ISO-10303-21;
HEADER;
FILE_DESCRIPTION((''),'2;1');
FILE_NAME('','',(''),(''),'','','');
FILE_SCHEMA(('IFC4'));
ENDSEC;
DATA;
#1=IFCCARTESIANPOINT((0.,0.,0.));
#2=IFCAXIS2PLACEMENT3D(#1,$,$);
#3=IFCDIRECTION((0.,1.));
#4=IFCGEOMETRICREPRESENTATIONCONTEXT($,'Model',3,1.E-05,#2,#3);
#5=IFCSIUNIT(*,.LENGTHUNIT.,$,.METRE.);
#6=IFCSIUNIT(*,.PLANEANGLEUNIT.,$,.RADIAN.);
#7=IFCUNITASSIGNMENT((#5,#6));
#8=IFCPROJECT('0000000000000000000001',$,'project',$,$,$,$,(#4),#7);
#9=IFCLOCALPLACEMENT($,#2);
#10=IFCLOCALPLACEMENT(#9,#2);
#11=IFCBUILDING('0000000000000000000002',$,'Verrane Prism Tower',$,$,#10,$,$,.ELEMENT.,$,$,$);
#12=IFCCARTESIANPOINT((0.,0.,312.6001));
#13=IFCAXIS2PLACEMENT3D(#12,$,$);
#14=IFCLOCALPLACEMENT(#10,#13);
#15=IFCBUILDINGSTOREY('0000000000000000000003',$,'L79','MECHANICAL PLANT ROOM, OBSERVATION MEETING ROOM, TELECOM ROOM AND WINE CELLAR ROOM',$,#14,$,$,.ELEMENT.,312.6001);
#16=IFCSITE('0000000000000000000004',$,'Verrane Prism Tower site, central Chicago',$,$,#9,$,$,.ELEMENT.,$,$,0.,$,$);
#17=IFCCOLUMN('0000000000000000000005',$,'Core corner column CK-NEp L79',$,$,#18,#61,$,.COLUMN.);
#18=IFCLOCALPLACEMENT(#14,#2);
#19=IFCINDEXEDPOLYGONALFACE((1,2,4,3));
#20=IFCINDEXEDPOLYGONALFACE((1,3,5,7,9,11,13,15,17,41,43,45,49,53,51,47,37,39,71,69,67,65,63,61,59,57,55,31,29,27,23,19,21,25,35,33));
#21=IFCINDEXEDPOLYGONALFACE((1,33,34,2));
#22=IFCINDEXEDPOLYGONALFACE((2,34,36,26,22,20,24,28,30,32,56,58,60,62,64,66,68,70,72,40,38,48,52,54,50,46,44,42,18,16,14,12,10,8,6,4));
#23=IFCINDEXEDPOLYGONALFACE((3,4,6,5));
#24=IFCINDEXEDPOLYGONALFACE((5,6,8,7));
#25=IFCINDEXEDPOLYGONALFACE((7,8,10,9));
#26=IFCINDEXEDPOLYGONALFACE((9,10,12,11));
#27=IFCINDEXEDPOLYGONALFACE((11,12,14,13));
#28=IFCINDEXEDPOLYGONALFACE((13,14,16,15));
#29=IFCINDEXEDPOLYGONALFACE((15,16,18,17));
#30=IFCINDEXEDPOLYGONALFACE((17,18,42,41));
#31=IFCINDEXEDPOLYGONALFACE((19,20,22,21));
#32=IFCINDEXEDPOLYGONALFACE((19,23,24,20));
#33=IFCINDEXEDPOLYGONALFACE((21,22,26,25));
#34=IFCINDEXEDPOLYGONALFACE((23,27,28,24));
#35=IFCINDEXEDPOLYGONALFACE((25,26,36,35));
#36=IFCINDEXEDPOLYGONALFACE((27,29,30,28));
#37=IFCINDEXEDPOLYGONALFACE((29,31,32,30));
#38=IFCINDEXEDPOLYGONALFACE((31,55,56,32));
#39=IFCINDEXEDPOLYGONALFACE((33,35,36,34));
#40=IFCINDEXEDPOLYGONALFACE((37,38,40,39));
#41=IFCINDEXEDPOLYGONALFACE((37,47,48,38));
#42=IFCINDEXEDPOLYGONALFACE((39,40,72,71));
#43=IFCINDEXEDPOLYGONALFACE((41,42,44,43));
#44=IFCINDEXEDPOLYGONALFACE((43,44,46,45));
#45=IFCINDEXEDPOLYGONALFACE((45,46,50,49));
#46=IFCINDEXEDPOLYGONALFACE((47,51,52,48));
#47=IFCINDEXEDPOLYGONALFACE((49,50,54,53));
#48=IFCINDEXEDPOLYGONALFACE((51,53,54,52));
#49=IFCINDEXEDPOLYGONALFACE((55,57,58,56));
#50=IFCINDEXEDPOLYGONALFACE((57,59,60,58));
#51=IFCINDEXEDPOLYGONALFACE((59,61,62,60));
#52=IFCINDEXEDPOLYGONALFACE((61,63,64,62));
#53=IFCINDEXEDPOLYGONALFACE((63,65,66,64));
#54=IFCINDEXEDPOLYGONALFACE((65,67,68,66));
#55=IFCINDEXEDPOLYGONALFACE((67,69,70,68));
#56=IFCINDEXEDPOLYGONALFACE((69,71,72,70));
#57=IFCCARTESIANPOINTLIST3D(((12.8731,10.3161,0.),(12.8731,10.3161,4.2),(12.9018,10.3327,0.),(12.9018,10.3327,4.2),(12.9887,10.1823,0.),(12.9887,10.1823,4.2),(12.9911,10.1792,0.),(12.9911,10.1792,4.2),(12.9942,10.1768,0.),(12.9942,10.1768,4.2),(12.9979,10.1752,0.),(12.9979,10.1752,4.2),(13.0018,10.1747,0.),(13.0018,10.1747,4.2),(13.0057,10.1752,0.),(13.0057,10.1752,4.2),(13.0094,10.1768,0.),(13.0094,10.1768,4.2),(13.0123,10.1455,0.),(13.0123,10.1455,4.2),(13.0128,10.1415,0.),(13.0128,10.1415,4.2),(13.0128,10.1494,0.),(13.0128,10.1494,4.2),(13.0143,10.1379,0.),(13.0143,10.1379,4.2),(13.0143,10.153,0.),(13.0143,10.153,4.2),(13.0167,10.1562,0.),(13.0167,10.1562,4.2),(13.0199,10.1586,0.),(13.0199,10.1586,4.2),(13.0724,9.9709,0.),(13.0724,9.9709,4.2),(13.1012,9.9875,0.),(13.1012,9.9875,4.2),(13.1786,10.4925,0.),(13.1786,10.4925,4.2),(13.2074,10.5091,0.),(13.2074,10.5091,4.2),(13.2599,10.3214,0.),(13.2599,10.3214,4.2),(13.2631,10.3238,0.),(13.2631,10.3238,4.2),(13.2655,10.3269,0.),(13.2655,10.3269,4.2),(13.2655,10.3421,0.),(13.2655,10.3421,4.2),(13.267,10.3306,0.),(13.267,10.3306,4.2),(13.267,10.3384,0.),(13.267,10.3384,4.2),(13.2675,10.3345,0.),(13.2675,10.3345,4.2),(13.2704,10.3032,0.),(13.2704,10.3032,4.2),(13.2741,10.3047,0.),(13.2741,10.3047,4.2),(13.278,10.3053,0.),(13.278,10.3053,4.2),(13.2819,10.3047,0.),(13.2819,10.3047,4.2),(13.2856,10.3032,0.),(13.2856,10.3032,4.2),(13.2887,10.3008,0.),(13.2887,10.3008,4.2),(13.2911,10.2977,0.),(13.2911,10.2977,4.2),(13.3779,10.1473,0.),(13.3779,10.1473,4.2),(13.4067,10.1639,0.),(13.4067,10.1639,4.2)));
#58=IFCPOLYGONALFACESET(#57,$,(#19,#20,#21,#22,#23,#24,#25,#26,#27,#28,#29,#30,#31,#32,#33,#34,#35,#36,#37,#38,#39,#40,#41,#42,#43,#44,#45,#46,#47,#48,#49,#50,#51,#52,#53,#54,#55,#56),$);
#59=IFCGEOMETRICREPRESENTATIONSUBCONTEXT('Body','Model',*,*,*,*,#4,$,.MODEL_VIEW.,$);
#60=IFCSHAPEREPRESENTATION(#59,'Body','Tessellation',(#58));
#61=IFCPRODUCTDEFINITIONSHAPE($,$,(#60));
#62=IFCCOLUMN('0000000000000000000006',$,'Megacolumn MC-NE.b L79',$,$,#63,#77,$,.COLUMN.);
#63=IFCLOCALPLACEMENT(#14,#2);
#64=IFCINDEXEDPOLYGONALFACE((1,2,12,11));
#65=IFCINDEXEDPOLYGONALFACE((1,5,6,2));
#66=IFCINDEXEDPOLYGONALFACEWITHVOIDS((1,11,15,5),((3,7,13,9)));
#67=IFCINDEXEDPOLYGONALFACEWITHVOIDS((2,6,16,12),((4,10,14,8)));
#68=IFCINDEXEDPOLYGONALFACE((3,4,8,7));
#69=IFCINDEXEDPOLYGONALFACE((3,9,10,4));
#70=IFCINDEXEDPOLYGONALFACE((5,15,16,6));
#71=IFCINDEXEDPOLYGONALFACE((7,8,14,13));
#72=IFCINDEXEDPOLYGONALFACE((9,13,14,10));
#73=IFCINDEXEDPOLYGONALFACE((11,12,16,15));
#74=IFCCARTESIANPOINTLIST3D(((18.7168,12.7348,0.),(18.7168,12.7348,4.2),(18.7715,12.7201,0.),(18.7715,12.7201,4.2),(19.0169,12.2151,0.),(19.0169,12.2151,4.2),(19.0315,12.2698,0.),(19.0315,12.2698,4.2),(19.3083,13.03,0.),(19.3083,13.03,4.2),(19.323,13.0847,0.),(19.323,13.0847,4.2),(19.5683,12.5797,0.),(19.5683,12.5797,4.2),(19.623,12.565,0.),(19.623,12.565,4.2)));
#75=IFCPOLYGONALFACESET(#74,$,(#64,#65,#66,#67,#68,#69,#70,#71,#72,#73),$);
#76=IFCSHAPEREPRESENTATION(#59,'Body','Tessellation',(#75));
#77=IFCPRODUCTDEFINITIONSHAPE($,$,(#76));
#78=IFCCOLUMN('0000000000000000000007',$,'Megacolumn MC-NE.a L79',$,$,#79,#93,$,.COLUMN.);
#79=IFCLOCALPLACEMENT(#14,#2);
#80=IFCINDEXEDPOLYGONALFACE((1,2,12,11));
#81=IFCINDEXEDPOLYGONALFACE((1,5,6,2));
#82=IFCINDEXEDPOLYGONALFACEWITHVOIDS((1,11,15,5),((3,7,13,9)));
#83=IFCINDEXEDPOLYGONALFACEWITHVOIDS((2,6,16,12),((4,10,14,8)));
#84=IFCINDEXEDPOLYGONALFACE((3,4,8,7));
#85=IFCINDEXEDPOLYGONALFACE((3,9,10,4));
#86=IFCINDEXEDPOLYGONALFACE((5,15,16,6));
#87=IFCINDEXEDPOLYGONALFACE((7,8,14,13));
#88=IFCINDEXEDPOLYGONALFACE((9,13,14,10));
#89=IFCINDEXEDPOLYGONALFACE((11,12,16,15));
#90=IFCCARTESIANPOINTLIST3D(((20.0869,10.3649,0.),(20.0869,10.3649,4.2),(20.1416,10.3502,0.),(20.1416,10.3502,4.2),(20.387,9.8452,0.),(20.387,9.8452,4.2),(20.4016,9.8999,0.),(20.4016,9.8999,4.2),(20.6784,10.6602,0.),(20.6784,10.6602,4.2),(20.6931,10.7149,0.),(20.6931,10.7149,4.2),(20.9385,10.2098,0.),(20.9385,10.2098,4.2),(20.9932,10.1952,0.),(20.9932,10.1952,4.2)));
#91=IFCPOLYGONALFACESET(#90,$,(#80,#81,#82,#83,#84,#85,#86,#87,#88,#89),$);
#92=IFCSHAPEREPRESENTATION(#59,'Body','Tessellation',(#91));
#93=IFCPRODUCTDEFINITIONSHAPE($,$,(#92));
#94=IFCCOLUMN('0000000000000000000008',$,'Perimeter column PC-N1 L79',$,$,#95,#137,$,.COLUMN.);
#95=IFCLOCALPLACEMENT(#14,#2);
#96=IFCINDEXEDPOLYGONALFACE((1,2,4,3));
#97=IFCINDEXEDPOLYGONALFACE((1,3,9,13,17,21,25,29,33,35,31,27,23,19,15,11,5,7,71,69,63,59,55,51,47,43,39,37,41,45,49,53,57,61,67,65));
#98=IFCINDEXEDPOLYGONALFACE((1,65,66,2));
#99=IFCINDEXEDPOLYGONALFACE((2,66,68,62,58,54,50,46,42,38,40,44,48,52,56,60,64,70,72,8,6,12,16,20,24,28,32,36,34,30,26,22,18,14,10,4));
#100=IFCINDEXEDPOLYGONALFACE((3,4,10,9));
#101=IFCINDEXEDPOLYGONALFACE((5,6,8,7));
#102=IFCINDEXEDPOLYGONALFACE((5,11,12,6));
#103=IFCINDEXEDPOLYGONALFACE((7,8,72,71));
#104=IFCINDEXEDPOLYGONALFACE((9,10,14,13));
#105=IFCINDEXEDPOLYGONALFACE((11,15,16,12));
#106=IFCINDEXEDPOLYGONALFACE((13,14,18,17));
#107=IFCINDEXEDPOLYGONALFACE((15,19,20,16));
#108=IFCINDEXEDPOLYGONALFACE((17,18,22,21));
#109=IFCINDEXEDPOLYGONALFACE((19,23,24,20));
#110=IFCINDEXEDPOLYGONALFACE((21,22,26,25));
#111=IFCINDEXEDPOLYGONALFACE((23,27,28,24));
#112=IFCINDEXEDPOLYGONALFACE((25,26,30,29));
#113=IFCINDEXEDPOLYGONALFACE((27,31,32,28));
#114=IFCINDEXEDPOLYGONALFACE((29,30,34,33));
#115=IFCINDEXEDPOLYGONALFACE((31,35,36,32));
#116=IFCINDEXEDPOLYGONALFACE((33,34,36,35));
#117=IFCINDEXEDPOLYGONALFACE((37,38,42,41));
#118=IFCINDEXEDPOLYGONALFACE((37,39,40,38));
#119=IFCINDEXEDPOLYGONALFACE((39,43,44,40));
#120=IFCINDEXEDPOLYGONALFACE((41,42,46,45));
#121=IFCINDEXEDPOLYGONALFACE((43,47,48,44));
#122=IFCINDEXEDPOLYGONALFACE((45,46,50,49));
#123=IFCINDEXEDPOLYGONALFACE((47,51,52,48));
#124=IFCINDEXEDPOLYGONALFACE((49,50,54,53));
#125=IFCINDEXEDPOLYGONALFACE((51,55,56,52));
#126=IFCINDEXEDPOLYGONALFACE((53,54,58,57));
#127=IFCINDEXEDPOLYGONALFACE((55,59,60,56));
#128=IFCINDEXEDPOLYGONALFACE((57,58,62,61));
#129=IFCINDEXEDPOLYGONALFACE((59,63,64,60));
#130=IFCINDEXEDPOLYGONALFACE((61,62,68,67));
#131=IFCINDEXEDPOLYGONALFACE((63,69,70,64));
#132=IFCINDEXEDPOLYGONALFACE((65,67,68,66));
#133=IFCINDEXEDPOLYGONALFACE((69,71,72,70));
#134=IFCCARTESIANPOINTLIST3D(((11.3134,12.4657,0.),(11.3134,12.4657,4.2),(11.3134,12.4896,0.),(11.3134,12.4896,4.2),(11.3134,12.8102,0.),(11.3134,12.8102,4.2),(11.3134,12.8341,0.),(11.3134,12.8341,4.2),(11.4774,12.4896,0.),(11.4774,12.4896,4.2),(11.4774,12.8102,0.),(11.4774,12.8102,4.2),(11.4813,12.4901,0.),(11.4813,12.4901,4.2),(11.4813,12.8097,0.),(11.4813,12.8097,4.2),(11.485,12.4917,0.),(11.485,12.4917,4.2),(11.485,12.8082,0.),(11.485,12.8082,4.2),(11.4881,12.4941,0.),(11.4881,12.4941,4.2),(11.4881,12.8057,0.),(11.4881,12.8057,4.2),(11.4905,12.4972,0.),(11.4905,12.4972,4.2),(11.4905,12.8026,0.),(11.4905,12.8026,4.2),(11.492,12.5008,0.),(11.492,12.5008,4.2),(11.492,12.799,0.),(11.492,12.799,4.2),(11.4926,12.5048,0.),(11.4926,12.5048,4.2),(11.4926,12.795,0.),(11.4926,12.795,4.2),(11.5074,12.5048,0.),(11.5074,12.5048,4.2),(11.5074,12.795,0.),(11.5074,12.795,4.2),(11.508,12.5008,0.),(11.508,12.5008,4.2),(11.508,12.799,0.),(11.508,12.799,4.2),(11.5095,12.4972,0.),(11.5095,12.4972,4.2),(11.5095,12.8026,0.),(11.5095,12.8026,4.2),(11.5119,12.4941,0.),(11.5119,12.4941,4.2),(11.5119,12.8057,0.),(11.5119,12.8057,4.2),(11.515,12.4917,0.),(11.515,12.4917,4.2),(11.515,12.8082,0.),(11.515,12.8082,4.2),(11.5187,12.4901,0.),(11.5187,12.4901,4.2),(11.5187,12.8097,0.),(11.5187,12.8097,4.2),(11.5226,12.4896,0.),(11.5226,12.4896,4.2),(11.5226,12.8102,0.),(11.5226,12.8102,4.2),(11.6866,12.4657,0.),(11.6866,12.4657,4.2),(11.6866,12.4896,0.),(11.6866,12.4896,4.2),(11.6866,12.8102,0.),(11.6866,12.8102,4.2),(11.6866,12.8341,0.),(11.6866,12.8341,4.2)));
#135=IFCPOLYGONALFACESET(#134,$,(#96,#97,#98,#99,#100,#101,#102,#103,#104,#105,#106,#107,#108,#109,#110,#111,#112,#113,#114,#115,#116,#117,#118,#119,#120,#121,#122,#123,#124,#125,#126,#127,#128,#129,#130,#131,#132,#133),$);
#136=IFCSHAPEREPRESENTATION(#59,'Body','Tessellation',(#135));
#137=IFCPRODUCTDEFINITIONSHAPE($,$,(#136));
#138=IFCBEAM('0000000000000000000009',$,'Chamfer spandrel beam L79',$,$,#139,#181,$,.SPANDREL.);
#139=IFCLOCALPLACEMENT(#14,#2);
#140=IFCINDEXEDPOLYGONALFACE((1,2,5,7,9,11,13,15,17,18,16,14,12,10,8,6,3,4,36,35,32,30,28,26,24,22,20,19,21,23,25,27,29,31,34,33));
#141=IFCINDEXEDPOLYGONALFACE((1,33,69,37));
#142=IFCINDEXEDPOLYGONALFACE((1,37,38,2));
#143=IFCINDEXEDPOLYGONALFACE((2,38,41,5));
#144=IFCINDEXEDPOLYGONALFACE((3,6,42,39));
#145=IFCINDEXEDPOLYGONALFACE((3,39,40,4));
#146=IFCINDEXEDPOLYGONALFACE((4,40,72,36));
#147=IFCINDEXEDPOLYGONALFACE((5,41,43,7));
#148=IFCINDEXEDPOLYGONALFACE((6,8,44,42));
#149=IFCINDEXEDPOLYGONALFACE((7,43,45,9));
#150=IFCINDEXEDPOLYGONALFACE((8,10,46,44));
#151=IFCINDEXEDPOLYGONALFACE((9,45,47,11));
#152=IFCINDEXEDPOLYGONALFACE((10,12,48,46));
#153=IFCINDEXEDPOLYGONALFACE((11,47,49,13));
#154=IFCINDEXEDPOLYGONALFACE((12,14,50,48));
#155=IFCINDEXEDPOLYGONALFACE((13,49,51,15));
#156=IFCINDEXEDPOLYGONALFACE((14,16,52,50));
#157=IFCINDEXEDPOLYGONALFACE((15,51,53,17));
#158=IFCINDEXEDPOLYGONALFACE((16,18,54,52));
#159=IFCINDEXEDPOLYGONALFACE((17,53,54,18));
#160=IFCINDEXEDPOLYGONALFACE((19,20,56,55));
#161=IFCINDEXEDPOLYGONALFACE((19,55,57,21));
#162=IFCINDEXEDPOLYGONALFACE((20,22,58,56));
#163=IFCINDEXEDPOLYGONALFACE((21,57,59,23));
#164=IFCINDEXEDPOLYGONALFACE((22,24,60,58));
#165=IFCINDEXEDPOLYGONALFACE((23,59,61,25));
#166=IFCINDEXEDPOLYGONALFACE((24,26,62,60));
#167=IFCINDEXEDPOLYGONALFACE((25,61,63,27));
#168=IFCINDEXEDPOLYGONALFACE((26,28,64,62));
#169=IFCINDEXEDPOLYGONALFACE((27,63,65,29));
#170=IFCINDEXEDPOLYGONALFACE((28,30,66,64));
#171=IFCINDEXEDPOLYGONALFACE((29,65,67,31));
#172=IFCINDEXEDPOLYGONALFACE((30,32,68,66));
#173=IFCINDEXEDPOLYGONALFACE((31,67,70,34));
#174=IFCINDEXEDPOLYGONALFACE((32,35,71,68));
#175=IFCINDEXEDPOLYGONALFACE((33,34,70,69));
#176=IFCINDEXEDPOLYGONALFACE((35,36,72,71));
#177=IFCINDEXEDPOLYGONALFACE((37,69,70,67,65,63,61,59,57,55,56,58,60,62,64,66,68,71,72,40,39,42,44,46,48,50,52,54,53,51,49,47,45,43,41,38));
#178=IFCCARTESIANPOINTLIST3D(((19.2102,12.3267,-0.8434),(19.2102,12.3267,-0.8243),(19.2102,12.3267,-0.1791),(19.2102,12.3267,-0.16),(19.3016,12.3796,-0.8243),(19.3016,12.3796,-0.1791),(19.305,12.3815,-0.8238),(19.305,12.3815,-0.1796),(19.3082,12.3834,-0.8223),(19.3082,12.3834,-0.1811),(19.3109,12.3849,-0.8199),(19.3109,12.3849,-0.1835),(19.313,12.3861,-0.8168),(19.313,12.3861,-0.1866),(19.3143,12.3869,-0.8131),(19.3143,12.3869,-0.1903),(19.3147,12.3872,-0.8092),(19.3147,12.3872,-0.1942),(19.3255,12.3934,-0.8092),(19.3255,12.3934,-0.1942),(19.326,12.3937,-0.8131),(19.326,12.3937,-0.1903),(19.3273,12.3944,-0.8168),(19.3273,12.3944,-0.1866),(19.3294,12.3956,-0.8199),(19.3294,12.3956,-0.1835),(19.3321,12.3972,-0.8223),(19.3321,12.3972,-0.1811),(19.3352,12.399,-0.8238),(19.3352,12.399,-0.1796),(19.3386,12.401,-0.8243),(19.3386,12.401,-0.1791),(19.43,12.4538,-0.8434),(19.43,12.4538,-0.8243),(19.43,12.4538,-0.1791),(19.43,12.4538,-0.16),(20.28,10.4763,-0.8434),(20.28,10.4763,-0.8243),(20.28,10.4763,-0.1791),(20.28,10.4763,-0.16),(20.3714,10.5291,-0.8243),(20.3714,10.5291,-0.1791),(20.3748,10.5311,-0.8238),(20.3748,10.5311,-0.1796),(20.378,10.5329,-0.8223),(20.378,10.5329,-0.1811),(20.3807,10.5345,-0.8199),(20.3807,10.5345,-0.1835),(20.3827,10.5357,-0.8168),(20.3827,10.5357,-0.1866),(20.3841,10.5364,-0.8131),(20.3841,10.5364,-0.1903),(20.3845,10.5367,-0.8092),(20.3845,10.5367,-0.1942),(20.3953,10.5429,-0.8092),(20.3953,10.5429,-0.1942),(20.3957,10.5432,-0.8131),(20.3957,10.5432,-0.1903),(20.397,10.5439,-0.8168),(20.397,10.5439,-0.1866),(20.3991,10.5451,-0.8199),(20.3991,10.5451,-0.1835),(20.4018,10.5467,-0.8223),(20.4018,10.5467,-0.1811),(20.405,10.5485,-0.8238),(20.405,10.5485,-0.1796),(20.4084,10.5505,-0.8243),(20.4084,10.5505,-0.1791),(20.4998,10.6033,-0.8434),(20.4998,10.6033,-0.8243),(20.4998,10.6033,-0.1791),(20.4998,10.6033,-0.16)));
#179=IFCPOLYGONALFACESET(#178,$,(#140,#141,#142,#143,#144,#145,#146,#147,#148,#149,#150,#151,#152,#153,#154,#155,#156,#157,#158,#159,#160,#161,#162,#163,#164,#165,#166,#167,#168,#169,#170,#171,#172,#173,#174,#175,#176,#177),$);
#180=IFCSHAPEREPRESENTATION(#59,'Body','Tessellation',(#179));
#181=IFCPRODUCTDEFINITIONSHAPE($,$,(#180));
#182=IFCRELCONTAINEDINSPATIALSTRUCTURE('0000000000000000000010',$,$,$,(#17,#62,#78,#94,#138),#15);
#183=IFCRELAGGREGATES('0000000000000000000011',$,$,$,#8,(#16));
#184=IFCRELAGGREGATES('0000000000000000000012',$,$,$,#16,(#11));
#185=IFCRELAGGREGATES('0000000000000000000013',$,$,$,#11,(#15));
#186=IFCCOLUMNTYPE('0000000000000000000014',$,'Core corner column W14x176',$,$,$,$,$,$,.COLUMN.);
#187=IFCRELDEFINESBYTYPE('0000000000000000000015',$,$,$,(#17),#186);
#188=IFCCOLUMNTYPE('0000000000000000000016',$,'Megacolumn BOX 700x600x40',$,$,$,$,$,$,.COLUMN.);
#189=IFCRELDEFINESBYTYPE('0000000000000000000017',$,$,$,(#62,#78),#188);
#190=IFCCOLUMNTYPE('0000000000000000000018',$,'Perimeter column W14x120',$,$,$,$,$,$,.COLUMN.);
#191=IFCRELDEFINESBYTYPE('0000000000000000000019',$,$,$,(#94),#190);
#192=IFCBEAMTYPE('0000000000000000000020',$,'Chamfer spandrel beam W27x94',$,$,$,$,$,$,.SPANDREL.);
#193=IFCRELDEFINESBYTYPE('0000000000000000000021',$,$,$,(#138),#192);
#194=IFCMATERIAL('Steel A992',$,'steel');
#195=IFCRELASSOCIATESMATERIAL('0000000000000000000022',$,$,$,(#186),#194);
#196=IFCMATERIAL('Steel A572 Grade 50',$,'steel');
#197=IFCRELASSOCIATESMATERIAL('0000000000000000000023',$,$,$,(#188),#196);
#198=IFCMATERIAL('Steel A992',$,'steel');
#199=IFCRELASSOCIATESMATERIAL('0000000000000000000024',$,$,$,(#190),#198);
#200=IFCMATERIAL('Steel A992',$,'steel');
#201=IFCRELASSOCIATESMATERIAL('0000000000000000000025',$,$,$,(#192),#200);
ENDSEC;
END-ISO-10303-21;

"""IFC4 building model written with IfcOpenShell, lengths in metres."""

from ifc_helpers import new_model, si_unit, direction, frame, origin, origin_2d, place, context, subcontext, project, spatial, hollow_rectangle, i_section, extrude, material, material_profile, profile_set, type_object, element, save


model = new_model("IFC4")

# Units and contexts
model_context = context("Model", 3, precision=1e-05, world=origin(), true_north=direction((0.0, 1.0)))
body_context = subcontext(model_context, "Body", "Model", "MODEL_VIEW")
ifc_project = project(units=[si_unit("LENGTHUNIT", "METRE"), si_unit("PLANEANGLEUNIT", "RADIAN")], contexts=[model_context])

# Site, building, storey
site_placement = place(None, origin())
site = spatial("IfcSite", under=ifc_project, at=site_placement, Name="Verrane Prism Tower site, central Chicago", CompositionType="ELEMENT", RefElevation=0.0)
building_placement = place(site_placement, origin())
building = spatial("IfcBuilding", under=site, at=building_placement, Name="Verrane Prism Tower", CompositionType="ELEMENT")
storey_placement = place(building_placement, frame((0.0, 0.0, 312.6001)))
storey = spatial("IfcBuildingStorey", under=building, at=storey_placement, Name="L79", Description="MECHANICAL PLANT ROOM, OBSERVATION MEETING ROOM, TELECOM ROOM AND WINE CELLAR ROOM", CompositionType="ELEMENT", Elevation=312.6001)

# Columns
ifc_material_1 = material(Name="Steel A992", Category="steel")
ifc_material_profile_1 = material_profile(ifc_material_1, i_section(OverallWidth=0.3987, OverallDepth=0.386, WebThickness=0.021, FlangeThickness=0.0332, FilletRadius=0.0151, at=origin_2d()), Name="W14x176")
ifc_profile_set_1 = profile_set([ifc_material_profile_1], Name="Steel A992")
column_type_1 = type_object("IfcColumnType", Name="Core corner column W14x176", PredefinedType="COLUMN", material=ifc_profile_set_1)
column_1_placement = place(storey_placement, frame((13.1399, 10.24, 0.0), z_axis=(0.0, 0.0, 1.0), x_axis=(0.5, -0.866025, 0.0)))
element("IfcColumn", 1, at=column_1_placement, inside=storey, type_object=column_type_1, Name="Core corner column CK-NEp L79", PredefinedType="COLUMN", context=body_context, shape_type="SweptSolid", body=[
    extrude(i_section(OverallWidth=0.3987, OverallDepth=0.386, WebThickness=0.021, FlangeThickness=0.0332, FilletRadius=0.0151, at=origin_2d()), origin(), (0.0, 0.0, 1.0), 4.2),
])
ifc_material_2 = material(Name="Steel A572 Grade 50", Category="steel")
ifc_material_profile_2 = material_profile(ifc_material_2, hollow_rectangle(XDim=0.6001, YDim=0.7, WallThickness=0.04, at=origin_2d()), Name="BOX 700x600x40")
ifc_profile_set_2 = profile_set([ifc_material_profile_2], Name="Steel A572 Grade 50")
column_type_2 = type_object("IfcColumnType", Name="Megacolumn BOX 700x600x40", PredefinedType="COLUMN", material=ifc_profile_set_2)
for number, where, z_axis, x_axis, name in (
    (2, (19.1699, 12.6499, 0.0), (0.0, 0.0, 1.0), (0.5, -0.866025, 0.0), "Megacolumn MC-NE.b L79"),
    (3, (20.54, 10.28, 0.0), (0.0, 0.0, 1.0), (0.5, -0.866025, 0.0), "Megacolumn MC-NE.a L79"),
):
    element("IfcColumn", number, at=place(storey_placement, frame(where, z_axis=z_axis, x_axis=x_axis)), inside=storey, type_object=column_type_2, Name=name, PredefinedType="COLUMN", context=body_context, shape_type="SweptSolid", body=[
        extrude(hollow_rectangle(XDim=0.6001, YDim=0.7, WallThickness=0.04, at=origin_2d()), origin(), (0.0, 0.0, 1.0), 4.2),
    ])
ifc_material_3 = material(Name="Steel A992", Category="steel")
ifc_material_profile_3 = material_profile(ifc_material_3, i_section(OverallWidth=0.3733, OverallDepth=0.3684, WebThickness=0.0149, FlangeThickness=0.0239, FilletRadius=0.0151, at=origin_2d()), Name="W14x120")
ifc_profile_set_3 = profile_set([ifc_material_profile_3], Name="Steel A992")
column_type_3 = type_object("IfcColumnType", Name="Perimeter column W14x120", PredefinedType="COLUMN", material=ifc_profile_set_3)
column_2_placement = place(storey_placement, frame((11.5, 12.6499, 0.0), z_axis=(0.0, 0.0, 1.0), x_axis=(1.0, 0.0, 0.0)))
element("IfcColumn", 4, at=column_2_placement, inside=storey, type_object=column_type_3, Name="Perimeter column PC-N1 L79", PredefinedType="COLUMN", context=body_context, shape_type="SweptSolid", body=[
    extrude(i_section(OverallWidth=0.3733, OverallDepth=0.3684, WebThickness=0.0149, FlangeThickness=0.0239, FilletRadius=0.0151, at=origin_2d()), origin(), (0.0, 0.0, 1.0), 4.2),
])

# Beam
ifc_material_4 = material(Name="Steel A992", Category="steel")
ifc_material_profile_4 = material_profile(ifc_material_4, i_section(OverallWidth=0.2539, OverallDepth=0.6833, WebThickness=0.0125, FlangeThickness=0.019, FilletRadius=0.0151, at=origin_2d()), Name="W27x94")
ifc_profile_set_4 = profile_set([ifc_material_profile_4], Name="Steel A992")
beam_type_1 = type_object("IfcBeamType", Name="Chamfer spandrel beam W27x94", PredefinedType="SPANDREL", material=ifc_profile_set_4)
beam_1_placement = place(storey_placement, frame((20.3899, 10.5398, -0.5017), z_axis=(-0.500487, 0.865744, 0.0), x_axis=(-0.865744, -0.500487, 0.0)))
element("IfcBeam", 5, at=beam_1_placement, inside=storey, type_object=beam_type_1, Name="Chamfer spandrel beam L79", PredefinedType="SPANDREL", context=body_context, shape_type="SweptSolid", body=[
    extrude(i_section(OverallWidth=0.2539, OverallDepth=0.6833, WebThickness=0.0125, FlangeThickness=0.019, FilletRadius=0.0151, at=origin_2d()), origin(), (0.0, 0.0, 1.0), 2.1375),
])

save(model, "model.ifc")
